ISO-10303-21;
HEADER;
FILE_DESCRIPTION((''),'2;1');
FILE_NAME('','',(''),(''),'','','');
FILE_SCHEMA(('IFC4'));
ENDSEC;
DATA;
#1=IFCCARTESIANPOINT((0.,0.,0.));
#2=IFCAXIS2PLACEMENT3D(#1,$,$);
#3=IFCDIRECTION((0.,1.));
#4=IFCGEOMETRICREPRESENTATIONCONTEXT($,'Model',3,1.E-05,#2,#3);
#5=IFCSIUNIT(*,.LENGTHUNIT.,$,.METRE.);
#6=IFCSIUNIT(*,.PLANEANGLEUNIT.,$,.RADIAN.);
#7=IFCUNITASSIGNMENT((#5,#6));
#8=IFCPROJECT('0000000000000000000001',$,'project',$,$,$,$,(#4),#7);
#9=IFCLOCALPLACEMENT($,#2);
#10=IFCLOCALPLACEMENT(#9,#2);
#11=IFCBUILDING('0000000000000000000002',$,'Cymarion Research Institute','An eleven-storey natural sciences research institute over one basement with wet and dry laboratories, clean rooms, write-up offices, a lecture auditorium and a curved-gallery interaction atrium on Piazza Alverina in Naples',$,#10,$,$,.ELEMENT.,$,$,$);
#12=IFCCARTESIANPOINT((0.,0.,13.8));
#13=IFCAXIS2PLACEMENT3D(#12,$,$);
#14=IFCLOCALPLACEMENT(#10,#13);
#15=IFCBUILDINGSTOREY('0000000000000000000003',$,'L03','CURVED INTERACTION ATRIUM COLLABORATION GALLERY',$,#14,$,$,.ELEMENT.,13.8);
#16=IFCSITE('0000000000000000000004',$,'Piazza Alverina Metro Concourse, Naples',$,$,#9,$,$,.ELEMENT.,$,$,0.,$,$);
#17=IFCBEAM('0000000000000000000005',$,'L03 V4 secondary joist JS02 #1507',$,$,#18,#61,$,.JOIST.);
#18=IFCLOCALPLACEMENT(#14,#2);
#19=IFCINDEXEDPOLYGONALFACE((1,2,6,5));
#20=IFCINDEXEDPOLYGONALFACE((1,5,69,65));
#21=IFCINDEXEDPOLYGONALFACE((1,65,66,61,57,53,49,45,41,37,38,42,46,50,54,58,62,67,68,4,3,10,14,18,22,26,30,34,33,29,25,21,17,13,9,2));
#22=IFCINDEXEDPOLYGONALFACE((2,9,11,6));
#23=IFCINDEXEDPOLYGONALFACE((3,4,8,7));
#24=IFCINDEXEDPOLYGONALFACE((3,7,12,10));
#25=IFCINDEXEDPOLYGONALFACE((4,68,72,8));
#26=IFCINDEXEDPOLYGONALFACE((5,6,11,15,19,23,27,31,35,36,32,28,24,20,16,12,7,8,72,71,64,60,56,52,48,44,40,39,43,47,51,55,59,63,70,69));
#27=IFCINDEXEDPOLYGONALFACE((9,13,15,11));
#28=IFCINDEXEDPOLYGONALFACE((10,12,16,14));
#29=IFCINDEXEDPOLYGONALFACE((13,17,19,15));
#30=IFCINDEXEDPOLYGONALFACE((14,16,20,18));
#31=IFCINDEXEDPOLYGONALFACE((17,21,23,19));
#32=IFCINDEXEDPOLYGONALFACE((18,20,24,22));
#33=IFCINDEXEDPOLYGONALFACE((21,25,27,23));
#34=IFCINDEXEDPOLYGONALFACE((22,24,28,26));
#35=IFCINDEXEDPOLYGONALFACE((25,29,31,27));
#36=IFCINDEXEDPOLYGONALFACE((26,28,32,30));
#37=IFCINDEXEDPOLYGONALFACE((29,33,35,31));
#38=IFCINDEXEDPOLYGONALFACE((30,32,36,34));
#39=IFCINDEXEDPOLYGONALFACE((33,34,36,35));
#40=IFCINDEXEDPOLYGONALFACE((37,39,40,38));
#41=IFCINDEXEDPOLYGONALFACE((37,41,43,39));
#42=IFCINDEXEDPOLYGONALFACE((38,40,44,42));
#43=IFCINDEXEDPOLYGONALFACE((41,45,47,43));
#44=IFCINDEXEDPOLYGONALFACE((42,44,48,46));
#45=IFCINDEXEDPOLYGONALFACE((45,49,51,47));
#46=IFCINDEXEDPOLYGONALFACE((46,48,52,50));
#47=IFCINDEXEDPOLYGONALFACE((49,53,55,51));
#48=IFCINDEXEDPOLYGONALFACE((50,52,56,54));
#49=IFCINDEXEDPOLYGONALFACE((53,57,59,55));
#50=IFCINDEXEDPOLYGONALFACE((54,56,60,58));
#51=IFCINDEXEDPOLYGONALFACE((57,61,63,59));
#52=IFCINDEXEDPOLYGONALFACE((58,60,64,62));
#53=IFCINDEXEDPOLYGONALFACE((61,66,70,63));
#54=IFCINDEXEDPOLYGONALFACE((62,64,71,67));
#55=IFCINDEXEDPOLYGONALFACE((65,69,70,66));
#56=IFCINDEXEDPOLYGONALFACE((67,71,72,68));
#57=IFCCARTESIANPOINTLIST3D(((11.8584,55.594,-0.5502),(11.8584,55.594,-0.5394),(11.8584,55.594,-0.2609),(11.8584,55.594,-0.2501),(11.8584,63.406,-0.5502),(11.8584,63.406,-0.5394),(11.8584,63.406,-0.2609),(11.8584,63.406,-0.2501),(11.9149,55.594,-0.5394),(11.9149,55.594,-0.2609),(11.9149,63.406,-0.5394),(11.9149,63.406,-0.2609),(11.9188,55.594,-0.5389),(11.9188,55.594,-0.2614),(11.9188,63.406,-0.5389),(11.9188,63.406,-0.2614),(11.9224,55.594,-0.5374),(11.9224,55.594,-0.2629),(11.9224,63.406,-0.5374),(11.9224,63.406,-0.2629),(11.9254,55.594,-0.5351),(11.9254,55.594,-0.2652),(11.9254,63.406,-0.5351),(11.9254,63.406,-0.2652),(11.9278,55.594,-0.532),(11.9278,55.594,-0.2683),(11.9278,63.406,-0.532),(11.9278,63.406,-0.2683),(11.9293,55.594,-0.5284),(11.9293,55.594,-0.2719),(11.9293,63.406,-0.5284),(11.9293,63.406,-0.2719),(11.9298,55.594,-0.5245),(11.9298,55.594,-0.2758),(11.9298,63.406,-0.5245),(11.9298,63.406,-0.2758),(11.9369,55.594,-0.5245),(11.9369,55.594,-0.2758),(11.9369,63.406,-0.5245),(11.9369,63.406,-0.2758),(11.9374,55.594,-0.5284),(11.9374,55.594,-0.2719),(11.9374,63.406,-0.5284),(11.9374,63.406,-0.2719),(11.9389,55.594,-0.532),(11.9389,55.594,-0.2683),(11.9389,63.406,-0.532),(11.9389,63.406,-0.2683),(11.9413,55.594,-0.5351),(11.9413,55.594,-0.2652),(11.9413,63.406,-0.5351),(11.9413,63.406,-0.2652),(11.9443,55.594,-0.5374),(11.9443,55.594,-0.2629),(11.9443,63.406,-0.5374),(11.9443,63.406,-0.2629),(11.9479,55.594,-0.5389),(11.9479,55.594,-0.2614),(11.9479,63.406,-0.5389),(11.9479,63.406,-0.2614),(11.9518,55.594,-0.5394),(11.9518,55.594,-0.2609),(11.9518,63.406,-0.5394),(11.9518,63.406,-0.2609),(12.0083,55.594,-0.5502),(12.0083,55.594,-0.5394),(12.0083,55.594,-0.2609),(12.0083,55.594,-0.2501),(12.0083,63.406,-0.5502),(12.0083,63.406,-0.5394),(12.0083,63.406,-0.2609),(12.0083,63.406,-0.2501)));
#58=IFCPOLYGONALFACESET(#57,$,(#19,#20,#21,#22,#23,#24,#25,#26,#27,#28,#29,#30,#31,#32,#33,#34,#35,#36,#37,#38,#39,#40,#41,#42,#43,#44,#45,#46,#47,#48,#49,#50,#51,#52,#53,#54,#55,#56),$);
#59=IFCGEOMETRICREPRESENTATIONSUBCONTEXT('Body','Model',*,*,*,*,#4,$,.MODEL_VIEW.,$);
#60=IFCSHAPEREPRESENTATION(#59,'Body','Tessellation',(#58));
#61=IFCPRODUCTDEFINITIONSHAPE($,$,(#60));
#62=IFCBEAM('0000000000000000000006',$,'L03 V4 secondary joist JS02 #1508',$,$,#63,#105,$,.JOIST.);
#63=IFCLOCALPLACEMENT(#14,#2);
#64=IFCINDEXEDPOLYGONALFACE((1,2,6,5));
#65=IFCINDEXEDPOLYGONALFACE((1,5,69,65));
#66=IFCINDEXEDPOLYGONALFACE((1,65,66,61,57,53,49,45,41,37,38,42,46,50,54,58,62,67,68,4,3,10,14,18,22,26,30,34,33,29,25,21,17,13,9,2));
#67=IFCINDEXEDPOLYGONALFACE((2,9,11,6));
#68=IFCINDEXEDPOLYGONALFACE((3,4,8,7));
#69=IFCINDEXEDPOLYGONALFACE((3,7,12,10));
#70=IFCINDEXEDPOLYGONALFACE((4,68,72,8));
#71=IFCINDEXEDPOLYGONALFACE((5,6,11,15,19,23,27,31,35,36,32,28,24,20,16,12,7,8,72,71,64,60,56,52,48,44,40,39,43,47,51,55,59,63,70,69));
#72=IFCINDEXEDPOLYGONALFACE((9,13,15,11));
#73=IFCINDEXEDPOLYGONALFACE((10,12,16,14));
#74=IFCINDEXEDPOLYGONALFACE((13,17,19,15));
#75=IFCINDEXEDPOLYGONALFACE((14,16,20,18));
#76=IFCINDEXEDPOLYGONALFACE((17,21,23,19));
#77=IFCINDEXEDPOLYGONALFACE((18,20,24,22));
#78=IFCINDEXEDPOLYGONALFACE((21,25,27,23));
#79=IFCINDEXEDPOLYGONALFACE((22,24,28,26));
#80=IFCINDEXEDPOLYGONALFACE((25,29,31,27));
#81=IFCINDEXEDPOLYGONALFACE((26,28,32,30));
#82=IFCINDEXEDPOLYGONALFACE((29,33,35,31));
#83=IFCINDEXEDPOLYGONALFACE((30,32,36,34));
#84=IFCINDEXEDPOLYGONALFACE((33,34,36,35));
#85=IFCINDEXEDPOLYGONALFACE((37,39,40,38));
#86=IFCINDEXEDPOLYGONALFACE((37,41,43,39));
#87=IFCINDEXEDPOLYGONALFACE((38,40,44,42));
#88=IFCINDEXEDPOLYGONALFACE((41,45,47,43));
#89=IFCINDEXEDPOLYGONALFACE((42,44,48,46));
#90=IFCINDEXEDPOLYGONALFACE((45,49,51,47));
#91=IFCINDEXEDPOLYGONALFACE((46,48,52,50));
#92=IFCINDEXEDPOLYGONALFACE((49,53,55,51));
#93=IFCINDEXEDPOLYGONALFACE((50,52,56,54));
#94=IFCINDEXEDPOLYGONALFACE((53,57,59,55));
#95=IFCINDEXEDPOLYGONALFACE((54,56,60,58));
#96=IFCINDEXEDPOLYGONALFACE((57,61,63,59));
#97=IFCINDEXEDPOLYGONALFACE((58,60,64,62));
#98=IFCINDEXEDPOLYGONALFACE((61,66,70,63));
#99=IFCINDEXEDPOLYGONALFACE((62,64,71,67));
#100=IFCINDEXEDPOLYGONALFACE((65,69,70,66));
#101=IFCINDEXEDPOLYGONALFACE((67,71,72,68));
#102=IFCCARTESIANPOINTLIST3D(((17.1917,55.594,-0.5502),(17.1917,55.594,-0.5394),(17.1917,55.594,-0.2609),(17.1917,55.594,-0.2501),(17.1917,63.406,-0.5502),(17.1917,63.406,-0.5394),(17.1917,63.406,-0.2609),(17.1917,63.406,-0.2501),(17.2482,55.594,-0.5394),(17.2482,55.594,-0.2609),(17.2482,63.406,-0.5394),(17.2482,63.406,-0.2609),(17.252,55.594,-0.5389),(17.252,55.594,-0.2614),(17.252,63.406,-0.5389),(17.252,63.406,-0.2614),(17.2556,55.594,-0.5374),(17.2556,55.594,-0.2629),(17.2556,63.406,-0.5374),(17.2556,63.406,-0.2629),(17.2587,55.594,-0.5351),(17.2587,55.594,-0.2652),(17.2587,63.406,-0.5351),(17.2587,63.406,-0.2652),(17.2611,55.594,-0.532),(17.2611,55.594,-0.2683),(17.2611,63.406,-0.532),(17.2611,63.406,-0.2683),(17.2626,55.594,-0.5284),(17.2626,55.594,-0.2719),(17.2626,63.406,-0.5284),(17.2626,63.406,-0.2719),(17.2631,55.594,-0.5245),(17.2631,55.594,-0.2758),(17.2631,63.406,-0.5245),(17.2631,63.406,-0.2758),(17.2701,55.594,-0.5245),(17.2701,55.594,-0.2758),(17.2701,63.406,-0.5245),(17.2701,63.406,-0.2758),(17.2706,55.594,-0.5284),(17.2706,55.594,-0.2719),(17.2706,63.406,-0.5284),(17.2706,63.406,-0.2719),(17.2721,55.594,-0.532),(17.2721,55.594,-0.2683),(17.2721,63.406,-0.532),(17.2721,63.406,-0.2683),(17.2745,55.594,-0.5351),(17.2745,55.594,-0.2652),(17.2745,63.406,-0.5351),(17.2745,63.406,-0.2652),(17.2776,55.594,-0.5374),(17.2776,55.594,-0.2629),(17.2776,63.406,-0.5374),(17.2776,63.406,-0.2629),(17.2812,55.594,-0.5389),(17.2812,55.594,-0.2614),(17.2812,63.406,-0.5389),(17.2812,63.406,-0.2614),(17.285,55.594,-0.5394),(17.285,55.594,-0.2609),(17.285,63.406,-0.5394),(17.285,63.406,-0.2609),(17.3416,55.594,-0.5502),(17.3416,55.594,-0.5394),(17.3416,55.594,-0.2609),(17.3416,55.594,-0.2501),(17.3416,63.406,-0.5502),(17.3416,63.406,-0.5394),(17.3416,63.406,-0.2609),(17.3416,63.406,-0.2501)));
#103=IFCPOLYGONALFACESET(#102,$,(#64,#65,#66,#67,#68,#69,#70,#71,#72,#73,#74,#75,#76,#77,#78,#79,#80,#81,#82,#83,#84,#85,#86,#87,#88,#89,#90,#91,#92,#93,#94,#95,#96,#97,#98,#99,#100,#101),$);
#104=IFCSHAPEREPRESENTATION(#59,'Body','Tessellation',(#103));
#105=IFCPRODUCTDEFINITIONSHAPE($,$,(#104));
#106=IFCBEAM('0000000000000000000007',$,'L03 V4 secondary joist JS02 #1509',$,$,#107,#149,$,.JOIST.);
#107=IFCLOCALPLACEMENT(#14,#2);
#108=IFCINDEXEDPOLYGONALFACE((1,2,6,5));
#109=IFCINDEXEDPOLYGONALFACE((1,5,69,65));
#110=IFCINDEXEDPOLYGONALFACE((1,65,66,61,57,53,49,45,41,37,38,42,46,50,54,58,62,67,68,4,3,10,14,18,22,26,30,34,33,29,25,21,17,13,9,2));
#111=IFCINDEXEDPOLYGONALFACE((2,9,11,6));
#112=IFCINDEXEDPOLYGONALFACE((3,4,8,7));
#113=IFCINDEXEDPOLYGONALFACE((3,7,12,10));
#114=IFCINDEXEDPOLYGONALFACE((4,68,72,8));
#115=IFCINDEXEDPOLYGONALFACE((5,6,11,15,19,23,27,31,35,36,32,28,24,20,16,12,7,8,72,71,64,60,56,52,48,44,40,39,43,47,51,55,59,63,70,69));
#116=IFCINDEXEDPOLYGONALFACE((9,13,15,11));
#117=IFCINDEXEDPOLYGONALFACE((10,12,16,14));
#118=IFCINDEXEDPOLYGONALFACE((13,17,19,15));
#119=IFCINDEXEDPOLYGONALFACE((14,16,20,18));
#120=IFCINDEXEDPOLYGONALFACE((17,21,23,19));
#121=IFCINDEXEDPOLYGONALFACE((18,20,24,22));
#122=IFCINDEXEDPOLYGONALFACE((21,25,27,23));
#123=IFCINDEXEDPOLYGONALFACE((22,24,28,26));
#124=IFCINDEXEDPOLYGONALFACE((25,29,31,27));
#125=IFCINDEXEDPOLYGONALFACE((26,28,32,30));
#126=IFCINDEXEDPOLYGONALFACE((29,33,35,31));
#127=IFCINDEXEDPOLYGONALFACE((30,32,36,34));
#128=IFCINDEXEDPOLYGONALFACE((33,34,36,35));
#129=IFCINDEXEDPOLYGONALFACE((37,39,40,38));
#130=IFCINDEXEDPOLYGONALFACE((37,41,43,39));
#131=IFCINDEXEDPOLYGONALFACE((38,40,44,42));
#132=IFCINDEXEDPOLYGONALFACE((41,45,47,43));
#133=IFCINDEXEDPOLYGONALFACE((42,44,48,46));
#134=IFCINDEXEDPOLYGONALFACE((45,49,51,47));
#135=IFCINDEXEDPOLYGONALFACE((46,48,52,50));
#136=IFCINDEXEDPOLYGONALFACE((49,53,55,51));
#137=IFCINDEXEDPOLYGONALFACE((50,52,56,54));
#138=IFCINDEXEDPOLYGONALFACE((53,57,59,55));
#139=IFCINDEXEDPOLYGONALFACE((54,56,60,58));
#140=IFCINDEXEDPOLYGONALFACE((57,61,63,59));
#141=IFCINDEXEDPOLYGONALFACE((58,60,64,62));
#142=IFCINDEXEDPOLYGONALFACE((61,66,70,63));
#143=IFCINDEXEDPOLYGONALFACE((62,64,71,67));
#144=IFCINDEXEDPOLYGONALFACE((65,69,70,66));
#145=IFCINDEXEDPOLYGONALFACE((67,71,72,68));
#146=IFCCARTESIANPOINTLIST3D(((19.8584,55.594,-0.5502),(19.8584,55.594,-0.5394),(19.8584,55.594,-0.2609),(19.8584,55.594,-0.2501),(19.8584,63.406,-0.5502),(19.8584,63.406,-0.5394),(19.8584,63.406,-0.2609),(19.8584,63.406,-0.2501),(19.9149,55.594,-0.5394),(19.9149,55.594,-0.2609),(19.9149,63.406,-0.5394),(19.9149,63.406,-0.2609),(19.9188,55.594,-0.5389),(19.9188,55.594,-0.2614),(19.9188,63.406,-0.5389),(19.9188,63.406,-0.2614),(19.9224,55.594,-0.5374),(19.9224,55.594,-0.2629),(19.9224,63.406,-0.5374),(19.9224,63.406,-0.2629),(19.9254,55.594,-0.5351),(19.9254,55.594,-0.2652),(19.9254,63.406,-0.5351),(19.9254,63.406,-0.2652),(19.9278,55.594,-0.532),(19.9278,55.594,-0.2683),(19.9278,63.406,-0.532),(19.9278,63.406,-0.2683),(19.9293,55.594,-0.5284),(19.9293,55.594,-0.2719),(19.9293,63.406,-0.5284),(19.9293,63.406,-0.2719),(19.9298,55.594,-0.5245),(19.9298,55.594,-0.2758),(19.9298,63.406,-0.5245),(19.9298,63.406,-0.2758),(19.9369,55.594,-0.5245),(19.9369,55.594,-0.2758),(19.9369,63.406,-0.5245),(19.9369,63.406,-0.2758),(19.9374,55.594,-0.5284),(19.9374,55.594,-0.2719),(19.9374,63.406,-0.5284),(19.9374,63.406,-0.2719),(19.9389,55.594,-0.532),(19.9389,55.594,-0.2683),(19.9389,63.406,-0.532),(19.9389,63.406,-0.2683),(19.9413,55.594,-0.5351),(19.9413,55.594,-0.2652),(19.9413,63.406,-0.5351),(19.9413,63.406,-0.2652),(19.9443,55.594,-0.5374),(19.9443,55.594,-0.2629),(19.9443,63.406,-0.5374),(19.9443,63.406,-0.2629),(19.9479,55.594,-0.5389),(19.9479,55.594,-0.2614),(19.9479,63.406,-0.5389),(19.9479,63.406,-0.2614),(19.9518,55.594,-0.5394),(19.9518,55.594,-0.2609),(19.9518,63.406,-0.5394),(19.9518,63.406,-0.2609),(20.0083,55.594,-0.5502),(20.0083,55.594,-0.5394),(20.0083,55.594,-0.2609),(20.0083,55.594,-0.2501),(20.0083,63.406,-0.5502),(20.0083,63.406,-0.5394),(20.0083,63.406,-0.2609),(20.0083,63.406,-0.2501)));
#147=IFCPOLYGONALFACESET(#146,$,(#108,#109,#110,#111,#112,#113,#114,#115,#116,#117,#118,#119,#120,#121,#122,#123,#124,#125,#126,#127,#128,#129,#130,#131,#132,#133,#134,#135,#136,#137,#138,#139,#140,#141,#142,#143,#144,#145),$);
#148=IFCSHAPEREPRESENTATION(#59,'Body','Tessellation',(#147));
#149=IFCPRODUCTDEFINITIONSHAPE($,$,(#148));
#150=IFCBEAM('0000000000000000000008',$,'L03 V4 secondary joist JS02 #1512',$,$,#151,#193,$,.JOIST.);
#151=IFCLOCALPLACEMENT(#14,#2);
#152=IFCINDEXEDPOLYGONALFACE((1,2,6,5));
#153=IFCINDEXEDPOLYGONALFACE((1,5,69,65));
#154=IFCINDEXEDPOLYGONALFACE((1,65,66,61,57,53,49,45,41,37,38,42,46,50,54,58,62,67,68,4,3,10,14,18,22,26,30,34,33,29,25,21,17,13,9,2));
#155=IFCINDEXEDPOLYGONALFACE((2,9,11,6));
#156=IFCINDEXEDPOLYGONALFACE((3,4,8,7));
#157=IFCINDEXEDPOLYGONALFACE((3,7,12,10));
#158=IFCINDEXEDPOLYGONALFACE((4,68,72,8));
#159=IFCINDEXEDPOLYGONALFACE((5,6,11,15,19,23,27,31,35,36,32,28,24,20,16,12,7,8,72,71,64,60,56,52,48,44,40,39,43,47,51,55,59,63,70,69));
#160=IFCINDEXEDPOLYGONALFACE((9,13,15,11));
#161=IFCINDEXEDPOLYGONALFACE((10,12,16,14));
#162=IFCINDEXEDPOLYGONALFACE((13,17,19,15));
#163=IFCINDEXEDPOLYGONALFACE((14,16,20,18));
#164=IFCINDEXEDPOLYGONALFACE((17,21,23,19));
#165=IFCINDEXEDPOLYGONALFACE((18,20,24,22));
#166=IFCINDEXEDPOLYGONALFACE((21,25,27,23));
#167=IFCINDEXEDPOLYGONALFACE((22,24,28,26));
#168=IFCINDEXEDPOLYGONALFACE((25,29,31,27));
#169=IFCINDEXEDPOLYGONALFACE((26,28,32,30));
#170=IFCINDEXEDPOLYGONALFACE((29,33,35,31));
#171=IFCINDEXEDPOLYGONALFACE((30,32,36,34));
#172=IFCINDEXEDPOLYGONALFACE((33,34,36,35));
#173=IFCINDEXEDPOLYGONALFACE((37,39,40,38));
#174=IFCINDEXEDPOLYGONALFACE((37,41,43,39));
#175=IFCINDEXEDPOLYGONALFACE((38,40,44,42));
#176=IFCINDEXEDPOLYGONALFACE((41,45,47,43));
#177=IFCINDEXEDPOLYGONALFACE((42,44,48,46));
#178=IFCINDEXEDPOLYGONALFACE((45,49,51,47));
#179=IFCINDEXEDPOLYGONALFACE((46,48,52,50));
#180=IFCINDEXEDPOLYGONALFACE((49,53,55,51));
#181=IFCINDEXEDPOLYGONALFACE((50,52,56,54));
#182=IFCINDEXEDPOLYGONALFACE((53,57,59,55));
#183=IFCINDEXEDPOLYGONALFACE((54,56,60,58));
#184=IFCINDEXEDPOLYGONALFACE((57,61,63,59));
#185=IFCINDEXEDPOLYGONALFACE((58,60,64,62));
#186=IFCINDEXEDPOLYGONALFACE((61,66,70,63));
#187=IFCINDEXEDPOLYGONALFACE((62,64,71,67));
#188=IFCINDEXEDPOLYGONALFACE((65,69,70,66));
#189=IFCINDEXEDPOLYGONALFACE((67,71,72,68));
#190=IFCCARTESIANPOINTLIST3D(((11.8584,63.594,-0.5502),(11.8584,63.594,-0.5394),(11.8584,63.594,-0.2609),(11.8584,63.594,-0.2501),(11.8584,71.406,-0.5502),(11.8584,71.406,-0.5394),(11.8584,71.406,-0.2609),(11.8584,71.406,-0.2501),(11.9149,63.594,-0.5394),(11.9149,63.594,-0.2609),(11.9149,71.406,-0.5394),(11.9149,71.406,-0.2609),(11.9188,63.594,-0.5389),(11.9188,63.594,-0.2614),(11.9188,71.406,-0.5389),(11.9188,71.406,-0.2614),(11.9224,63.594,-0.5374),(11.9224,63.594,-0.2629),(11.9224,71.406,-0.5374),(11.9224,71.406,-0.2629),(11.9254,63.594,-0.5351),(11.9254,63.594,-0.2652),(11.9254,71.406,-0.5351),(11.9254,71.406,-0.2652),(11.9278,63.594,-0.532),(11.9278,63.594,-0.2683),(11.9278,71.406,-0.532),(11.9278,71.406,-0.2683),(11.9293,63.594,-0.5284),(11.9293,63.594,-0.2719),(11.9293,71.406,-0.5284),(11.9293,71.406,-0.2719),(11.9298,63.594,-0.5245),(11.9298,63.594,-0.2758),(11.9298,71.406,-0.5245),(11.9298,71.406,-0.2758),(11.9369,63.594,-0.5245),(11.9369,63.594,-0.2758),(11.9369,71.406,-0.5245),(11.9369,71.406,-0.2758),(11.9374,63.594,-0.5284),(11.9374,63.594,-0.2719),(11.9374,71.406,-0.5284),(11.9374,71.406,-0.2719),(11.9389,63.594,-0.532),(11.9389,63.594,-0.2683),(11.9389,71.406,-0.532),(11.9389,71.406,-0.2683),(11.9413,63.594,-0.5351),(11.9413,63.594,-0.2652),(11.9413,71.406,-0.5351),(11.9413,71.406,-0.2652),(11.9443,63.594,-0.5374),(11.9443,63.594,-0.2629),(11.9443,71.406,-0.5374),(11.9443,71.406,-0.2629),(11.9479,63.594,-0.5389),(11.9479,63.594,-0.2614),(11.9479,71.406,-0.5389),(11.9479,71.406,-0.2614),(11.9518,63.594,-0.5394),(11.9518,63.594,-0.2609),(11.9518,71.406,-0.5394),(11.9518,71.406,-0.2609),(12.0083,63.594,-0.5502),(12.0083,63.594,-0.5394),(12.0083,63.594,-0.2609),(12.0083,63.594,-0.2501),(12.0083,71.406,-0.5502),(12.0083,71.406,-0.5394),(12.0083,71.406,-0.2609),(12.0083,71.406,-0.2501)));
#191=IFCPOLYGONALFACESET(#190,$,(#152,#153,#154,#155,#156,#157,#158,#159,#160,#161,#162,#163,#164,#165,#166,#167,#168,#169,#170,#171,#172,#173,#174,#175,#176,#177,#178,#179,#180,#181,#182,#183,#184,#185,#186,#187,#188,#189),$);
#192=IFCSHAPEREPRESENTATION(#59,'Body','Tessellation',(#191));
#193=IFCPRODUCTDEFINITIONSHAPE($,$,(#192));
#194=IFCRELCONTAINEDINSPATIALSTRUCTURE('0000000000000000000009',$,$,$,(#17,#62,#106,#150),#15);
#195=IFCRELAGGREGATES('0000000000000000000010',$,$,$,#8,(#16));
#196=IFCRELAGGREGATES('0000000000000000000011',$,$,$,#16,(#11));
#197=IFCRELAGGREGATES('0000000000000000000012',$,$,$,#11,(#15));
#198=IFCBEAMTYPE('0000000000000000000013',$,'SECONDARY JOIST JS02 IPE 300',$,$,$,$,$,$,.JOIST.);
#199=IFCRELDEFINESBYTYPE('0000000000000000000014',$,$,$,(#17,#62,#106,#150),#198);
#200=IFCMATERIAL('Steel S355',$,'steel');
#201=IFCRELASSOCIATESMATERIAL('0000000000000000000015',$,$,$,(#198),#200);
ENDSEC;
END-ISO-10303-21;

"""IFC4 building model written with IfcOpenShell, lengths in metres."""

from ifc_helpers import new_model, si_unit, direction, frame, origin, origin_2d, place, context, subcontext, project, spatial, i_section, extrude, material, material_profile, profile_set, type_object, element, save


model = new_model("IFC4")

# Units and contexts
model_context = context("Model", 3, precision=1e-05, world=origin(), true_north=direction((0.0, 1.0)))
body_context = subcontext(model_context, "Body", "Model", "MODEL_VIEW")
ifc_project = project(units=[si_unit("LENGTHUNIT", "METRE"), si_unit("PLANEANGLEUNIT", "RADIAN")], contexts=[model_context])

# Site, building, storey
site_placement = place(None, origin())
site = spatial("IfcSite", under=ifc_project, at=site_placement, Name="Piazza Alverina Metro Concourse, Naples", CompositionType="ELEMENT", RefElevation=0.0)
building_placement = place(site_placement, origin())
building = spatial("IfcBuilding", under=site, at=building_placement, Name="Cymarion Research Institute", Description="An eleven-storey natural sciences research institute over one basement with wet and dry laboratories, clean rooms, write-up offices, a lecture auditorium and a curved-gallery interaction atrium on Piazza Alverina in Naples", CompositionType="ELEMENT")
storey_placement = place(building_placement, frame((0.0, 0.0, 13.8)))
storey = spatial("IfcBuildingStorey", under=building, at=storey_placement, Name="L03", Description="CURVED INTERACTION ATRIUM COLLABORATION GALLERY", CompositionType="ELEMENT", Elevation=13.8)

# Shared definitions
ifc_material_1 = material(Name="Steel S355", Category="steel")

# Beams
ifc_material_profile_1 = material_profile(ifc_material_1, i_section(OverallWidth=0.1499, OverallDepth=0.3, WebThickness=0.0071, FlangeThickness=0.0107, FilletRadius=0.0149, at=origin_2d()), Name="IPE 300")
ifc_profile_set_1 = profile_set([ifc_material_profile_1], Name="Steel S355")
beam_type_1 = type_object("IfcBeamType", Name="SECONDARY JOIST JS02 IPE 300", PredefinedType="JOIST", material=ifc_profile_set_1)
for number, where, z_axis, x_axis, name in (
    (1, (11.9333, 55.594, -0.4001), (0.0, 1.0, 0.0), (-1.0, 0.0, 0.0), "L03 V4 secondary joist JS02 #1507"),
    (2, (17.2666, 55.594, -0.4001), (0.0, 1.0, 0.0), (-1.0, 0.0, 0.0), "L03 V4 secondary joist JS02 #1508"),
    (3, (19.9333, 55.594, -0.4001), (0.0, 1.0, 0.0), (-1.0, 0.0, 0.0), "L03 V4 secondary joist JS02 #1509"),
    (4, (11.9333, 63.594, -0.4001), (0.0, 1.0, 0.0), (-1.0, 0.0, 0.0), "L03 V4 secondary joist JS02 #1512"),
):
    element("IfcBeam", number, at=place(storey_placement, frame(where, z_axis=z_axis, x_axis=x_axis)), inside=storey, type_object=beam_type_1, Name=name, PredefinedType="JOIST", context=body_context, shape_type="SweptSolid", body=[
        extrude(i_section(OverallWidth=0.1499, OverallDepth=0.3, WebThickness=0.0071, FlangeThickness=0.0107, FilletRadius=0.0149, at=origin_2d()), origin(), (0.0, 0.0, 1.0), 7.812),
    ])

save(model, "model.ifc")
